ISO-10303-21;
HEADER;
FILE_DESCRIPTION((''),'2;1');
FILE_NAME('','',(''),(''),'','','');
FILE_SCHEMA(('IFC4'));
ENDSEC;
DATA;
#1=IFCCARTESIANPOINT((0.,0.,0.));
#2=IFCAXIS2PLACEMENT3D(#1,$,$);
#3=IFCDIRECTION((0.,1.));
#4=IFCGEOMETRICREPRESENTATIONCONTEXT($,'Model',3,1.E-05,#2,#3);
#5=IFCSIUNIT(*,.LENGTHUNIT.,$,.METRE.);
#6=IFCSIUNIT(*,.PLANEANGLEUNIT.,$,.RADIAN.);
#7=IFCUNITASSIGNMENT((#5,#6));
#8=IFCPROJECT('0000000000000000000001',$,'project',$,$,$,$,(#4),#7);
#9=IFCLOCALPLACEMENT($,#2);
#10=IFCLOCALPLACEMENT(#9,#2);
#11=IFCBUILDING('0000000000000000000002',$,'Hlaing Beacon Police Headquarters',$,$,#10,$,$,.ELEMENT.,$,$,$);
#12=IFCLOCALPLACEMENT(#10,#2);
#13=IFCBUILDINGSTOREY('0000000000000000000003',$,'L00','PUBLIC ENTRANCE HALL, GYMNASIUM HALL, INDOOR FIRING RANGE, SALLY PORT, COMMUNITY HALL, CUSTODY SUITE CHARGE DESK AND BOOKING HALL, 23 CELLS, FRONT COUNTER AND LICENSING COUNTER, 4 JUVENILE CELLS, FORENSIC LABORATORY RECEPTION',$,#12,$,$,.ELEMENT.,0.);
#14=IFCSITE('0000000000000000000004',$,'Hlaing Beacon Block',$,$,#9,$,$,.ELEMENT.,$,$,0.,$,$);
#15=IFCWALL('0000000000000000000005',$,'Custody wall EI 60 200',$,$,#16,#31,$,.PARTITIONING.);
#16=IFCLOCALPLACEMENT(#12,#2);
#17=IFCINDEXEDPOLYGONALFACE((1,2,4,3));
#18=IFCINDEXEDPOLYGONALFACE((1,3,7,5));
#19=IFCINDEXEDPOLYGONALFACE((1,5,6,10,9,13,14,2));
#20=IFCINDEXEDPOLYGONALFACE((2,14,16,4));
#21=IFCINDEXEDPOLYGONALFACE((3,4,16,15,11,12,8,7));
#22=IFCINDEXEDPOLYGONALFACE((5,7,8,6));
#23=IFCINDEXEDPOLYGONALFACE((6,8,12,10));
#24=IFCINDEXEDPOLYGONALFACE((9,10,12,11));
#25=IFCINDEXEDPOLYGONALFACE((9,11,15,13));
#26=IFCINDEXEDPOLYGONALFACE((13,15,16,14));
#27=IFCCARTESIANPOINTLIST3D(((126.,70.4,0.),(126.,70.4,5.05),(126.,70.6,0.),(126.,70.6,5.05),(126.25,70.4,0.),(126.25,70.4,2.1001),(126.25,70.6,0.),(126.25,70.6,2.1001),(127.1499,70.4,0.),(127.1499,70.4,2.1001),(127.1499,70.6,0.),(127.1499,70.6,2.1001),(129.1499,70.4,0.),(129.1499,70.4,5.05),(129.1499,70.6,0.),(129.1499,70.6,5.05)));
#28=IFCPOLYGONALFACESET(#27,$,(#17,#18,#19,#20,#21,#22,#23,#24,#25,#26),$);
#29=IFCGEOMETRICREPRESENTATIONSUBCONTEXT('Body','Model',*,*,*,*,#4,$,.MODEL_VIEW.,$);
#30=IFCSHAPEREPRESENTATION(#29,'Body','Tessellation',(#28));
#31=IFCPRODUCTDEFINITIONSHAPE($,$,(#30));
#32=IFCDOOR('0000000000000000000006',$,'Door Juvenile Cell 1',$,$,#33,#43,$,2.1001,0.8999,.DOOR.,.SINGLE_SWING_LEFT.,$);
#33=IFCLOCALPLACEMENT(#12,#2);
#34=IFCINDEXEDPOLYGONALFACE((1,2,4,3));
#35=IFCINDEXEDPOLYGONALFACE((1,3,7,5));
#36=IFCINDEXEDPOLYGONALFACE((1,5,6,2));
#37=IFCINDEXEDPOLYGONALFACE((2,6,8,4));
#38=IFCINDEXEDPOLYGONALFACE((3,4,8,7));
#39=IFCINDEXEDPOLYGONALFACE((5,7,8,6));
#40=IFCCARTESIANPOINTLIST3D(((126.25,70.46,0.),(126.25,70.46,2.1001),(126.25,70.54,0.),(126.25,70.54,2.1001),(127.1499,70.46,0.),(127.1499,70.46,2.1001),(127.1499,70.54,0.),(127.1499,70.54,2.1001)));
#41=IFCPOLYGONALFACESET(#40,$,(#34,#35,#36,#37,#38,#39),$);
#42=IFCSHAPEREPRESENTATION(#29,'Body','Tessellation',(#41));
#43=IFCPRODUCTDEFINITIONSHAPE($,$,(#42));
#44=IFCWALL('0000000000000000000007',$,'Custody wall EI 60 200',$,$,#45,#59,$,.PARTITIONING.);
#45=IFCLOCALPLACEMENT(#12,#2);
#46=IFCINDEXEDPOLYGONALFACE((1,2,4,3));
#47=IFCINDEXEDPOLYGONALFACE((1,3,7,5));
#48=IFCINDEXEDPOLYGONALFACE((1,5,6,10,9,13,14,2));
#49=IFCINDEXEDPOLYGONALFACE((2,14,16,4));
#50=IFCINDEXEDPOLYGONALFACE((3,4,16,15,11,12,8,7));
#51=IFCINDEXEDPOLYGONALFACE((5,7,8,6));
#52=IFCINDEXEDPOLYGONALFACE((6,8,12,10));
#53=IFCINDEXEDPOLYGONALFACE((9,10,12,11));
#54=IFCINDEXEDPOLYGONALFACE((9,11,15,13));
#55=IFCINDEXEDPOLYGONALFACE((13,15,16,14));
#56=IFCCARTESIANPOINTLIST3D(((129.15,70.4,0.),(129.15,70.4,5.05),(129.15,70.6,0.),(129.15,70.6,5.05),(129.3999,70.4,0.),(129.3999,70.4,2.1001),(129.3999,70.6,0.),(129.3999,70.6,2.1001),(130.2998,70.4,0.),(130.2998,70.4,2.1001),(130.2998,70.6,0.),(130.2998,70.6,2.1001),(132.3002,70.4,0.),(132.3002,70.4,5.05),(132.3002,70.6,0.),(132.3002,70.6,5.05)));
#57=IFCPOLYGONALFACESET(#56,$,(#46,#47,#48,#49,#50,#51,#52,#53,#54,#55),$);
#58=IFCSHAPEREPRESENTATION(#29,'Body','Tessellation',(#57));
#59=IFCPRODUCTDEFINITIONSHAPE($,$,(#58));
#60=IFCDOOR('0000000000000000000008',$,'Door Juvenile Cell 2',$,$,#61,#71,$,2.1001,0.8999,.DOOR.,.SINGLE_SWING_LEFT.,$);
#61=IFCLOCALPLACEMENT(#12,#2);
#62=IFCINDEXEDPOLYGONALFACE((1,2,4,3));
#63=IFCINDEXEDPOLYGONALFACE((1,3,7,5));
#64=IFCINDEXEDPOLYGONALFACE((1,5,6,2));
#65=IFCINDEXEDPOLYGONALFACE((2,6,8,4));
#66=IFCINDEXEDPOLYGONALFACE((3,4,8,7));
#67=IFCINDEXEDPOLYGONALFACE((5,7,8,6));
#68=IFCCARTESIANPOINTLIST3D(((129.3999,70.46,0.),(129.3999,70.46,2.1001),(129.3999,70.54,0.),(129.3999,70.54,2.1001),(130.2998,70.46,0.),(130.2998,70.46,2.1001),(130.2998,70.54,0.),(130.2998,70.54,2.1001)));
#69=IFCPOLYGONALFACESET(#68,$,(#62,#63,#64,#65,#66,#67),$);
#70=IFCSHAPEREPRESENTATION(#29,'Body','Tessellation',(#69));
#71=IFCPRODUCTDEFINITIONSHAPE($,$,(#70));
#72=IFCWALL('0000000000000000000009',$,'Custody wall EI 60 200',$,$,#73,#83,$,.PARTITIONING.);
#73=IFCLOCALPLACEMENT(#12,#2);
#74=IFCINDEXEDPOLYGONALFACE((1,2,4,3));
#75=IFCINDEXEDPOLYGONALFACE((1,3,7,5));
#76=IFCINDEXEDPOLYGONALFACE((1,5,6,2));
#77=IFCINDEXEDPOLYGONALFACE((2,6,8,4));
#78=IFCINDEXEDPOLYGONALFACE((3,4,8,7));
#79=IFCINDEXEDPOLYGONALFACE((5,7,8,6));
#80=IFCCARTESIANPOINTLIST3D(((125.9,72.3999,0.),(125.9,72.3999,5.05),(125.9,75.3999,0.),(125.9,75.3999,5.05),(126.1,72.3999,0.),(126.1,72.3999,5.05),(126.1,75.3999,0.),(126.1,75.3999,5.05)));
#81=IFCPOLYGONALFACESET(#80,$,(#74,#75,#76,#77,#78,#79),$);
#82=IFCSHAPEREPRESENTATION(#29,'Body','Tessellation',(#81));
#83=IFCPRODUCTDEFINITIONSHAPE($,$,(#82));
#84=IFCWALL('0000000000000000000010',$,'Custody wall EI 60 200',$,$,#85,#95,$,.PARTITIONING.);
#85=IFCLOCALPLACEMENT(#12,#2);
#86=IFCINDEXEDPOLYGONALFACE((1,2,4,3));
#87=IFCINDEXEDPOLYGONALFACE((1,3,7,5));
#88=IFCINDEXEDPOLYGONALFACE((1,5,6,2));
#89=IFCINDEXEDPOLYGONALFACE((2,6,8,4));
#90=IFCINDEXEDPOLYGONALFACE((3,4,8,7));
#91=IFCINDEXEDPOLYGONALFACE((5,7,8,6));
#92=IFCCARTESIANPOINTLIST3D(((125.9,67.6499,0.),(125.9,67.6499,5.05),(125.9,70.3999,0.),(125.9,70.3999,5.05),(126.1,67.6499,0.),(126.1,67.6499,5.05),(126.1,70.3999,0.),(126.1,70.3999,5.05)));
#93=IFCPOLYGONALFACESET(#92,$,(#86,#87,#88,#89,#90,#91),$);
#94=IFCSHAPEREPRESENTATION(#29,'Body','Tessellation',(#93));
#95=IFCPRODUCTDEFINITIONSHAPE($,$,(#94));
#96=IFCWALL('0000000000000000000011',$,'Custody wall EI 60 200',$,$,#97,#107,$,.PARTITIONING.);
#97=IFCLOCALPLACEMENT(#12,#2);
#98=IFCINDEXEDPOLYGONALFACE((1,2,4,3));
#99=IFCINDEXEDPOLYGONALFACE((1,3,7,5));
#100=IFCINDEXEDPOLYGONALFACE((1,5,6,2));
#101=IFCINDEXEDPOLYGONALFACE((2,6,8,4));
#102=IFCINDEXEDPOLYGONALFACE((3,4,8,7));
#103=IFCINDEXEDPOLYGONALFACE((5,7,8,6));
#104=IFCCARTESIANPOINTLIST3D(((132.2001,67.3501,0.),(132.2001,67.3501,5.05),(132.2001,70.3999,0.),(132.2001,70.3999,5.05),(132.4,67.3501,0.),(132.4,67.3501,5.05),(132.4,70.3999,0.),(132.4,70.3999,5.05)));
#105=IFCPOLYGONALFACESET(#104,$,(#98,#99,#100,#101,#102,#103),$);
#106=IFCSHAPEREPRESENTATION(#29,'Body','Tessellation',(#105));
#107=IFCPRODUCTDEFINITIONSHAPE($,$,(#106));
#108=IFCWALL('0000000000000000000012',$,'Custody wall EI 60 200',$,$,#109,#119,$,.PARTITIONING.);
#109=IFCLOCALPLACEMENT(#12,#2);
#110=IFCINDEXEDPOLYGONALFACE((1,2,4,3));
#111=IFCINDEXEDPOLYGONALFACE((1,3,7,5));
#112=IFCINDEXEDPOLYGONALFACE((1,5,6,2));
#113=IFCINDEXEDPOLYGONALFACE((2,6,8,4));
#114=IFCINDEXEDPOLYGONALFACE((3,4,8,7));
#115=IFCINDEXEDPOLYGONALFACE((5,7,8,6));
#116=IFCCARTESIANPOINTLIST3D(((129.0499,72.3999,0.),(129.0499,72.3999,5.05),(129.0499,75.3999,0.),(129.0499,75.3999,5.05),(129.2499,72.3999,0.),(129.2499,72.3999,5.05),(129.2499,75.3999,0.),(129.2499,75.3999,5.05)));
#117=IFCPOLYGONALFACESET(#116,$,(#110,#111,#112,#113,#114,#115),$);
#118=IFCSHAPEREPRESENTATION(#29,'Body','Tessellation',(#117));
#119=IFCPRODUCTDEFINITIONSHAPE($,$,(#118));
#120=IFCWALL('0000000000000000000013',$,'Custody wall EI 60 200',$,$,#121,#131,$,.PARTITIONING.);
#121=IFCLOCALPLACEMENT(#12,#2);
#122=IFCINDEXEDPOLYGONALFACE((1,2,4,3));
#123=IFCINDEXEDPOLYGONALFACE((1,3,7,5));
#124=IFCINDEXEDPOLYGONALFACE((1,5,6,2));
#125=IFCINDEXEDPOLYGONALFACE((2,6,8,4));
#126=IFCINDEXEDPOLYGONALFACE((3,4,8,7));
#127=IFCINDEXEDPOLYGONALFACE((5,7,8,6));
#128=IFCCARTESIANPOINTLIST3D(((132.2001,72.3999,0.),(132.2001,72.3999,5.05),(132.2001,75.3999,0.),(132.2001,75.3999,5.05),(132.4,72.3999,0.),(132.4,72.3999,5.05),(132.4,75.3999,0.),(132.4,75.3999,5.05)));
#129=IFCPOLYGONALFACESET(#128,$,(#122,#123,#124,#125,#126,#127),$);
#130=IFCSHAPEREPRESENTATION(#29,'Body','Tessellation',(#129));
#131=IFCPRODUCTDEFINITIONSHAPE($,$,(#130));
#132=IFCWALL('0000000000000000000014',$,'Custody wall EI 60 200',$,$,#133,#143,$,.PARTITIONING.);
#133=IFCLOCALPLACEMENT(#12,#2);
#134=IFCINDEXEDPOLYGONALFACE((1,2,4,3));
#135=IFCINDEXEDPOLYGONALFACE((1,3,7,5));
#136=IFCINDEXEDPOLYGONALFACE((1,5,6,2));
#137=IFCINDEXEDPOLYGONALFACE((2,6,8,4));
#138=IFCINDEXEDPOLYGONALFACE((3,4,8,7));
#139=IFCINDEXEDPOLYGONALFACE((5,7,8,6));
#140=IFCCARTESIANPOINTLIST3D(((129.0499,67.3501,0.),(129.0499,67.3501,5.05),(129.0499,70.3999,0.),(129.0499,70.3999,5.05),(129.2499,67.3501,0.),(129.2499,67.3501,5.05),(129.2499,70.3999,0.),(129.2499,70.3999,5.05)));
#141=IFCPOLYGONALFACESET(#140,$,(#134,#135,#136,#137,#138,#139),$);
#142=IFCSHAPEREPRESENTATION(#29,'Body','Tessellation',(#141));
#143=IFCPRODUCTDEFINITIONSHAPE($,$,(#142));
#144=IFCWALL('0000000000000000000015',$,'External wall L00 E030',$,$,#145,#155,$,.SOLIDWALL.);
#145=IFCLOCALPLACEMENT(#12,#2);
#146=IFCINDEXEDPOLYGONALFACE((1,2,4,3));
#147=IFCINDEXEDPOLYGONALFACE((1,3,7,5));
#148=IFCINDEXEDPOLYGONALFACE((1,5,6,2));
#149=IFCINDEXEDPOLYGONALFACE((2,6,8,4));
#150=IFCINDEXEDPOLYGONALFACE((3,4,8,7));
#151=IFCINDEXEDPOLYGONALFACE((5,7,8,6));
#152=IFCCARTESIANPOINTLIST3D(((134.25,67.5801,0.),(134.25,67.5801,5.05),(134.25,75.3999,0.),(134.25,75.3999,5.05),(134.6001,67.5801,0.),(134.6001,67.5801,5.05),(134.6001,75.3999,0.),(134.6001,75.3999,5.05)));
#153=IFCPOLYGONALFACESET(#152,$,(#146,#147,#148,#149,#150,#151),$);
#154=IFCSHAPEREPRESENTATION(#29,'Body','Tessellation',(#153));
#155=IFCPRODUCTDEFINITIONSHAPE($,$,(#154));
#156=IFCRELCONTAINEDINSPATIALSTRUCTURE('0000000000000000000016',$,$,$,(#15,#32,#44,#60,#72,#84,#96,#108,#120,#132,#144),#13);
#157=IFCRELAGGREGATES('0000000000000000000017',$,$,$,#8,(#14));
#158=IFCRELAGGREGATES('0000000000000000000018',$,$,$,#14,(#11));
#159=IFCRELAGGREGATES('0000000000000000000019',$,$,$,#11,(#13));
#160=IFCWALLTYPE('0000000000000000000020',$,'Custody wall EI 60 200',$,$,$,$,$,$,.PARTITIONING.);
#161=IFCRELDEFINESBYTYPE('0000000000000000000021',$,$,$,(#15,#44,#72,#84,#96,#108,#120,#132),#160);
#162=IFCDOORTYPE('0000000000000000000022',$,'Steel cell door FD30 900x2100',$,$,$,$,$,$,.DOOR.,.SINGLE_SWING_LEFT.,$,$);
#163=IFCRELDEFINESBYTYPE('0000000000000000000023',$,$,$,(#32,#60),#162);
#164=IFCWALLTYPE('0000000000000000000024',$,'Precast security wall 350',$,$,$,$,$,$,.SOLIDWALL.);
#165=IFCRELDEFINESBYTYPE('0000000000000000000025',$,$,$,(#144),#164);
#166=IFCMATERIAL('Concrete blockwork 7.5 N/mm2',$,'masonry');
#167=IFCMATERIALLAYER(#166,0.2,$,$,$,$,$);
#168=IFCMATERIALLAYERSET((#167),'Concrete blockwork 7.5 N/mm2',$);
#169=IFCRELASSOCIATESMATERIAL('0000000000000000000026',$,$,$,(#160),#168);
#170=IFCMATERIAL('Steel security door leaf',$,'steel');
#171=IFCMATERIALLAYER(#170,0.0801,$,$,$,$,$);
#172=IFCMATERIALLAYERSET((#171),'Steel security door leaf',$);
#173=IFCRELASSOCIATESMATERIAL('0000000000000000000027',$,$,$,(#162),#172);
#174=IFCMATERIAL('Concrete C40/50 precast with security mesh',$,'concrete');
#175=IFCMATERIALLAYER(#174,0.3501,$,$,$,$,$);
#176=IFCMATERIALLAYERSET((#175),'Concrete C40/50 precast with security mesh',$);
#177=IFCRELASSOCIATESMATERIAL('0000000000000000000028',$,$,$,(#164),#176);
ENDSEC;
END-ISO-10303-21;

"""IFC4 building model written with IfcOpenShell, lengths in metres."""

from ifc_helpers import new_model, si_unit, direction, frame, frame_2d, origin, place, context, subcontext, project, spatial, rectangle, extrude, material, layer, layer_set, type_object, element, fill, save


model = new_model("IFC4")

# Units and contexts
model_context = context("Model", 3, precision=1e-05, world=origin(), true_north=direction((0.0, 1.0)))
body_context = subcontext(model_context, "Body", "Model", "MODEL_VIEW")
ifc_project = project(units=[si_unit("LENGTHUNIT", "METRE"), si_unit("PLANEANGLEUNIT", "RADIAN")], contexts=[model_context])

# Site, building, storey
site_placement = place(None, origin())
site = spatial("IfcSite", under=ifc_project, at=site_placement, Name="Hlaing Beacon Block", CompositionType="ELEMENT", RefElevation=0.0)
building_placement = place(site_placement, origin())
building = spatial("IfcBuilding", under=site, at=building_placement, Name="Hlaing Beacon Police Headquarters", CompositionType="ELEMENT")
storey_placement = place(building_placement, origin())
storey = spatial("IfcBuildingStorey", under=building, at=storey_placement, Name="L00", Description="PUBLIC ENTRANCE HALL, GYMNASIUM HALL, INDOOR FIRING RANGE, SALLY PORT, COMMUNITY HALL, CUSTODY SUITE CHARGE DESK AND BOOKING HALL, 23 CELLS, FRONT COUNTER AND LICENSING COUNTER, 4 JUVENILE CELLS, FORENSIC LABORATORY RECEPTION", CompositionType="ELEMENT", Elevation=0.0)

# Walls, openings, doors
ifc_material_1 = material(Name="Concrete blockwork 7.5 N/mm2", Category="masonry")
ifc_layer_1 = layer(ifc_material_1, 0.2)
ifc_layer_set_1 = layer_set([ifc_layer_1], Name="Concrete blockwork 7.5 N/mm2")
wall_type_1 = type_object("IfcWallType", Name="Custody wall EI 60 200", PredefinedType="PARTITIONING", material=ifc_layer_set_1)
ifc_material_2 = material(Name="Steel security door leaf", Category="steel")
ifc_layer_2 = layer(ifc_material_2, 0.0801)
ifc_layer_set_2 = layer_set([ifc_layer_2], Name="Steel security door leaf")
door_type_1 = type_object("IfcDoorType", Name="Steel cell door FD30 900x2100", OperationType="SINGLE_SWING_LEFT", PredefinedType="DOOR", material=ifc_layer_set_2)
wall_1_placement = place(storey_placement, frame((126.0, 70.5, 0.0), z_axis=(0.0, 0.0, 1.0), x_axis=(1.0, 0.0, 0.0)))
wall_1 = element("IfcWall", 1, at=wall_1_placement, inside=storey, type_object=wall_type_1, Name="Custody wall EI 60 200", PredefinedType="PARTITIONING", context=body_context, shape_type="SweptSolid", body=[
    extrude(rectangle(XDim=3.1499, YDim=0.2, at=frame_2d((1.575, 0.0))), origin(), (0.0, 0.0, 1.0), 5.05),
])
opening_1_placement = place(wall_1_placement, frame((0.25, 0.0, 0.0)))
opening_1 = element("IfcOpeningElement", 2, at=opening_1_placement, cuts=wall_1, PredefinedType="OPENING", context=body_context, shape_type="SweptSolid", body=[
    extrude(rectangle(XDim=0.8999, YDim=2.1001, at=frame_2d((0.45, 1.05))), frame((0.0, 0.1099, 0.0), z_axis=(0.0, -1.0, 0.0), x_axis=(1.0, 0.0, 0.0)), (0.0, 0.0, 1.0), 0.22),
])
door_1_placement = place(opening_1_placement, frame((0.8999, 0.0, 0.0), z_axis=(0.0, 0.0, 1.0), x_axis=(-1.0, 0.0, 0.0)))
door_1 = element("IfcDoor", 3, at=door_1_placement, inside=storey, type_object=door_type_1, Name="Door Juvenile Cell 1", OperationType="SINGLE_SWING_LEFT", OverallHeight=2.1001, OverallWidth=0.8999, PredefinedType="DOOR", context=body_context, shape_type="SweptSolid", body=[
    extrude(rectangle(XDim=0.8999, YDim=2.1001, at=frame_2d((0.45, 1.05))), frame((0.0, 0.04, 0.0), z_axis=(0.0, -1.0, 0.0), x_axis=(1.0, 0.0, 0.0)), (0.0, 0.0, 1.0), 0.0801),
])
fill(opening_1, door_1)
wall_2_placement = place(storey_placement, frame((129.1499, 70.5, 0.0), z_axis=(0.0, 0.0, 1.0), x_axis=(1.0, 0.0, 0.0)))
wall_2 = element("IfcWall", 4, at=wall_2_placement, inside=storey, type_object=wall_type_1, Name="Custody wall EI 60 200", PredefinedType="PARTITIONING", context=body_context, shape_type="SweptSolid", body=[
    extrude(rectangle(XDim=3.1501, YDim=0.2, at=frame_2d((1.5752, 0.0))), origin(), (0.0, 0.0, 1.0), 5.05),
])
opening_2_placement = place(wall_2_placement, frame((0.25, 0.0, 0.0)))
opening_2 = element("IfcOpeningElement", 5, at=opening_2_placement, cuts=wall_2, PredefinedType="OPENING", context=body_context, shape_type="SweptSolid", body=[
    extrude(rectangle(XDim=0.8999, YDim=2.1001, at=frame_2d((0.45, 1.05))), frame((0.0, 0.1099, 0.0), z_axis=(0.0, -1.0, 0.0), x_axis=(1.0, 0.0, 0.0)), (0.0, 0.0, 1.0), 0.22),
])
door_2_placement = place(opening_2_placement, frame((0.8999, 0.0, 0.0), z_axis=(0.0, 0.0, 1.0), x_axis=(-1.0, 0.0, 0.0)))
door_2 = element("IfcDoor", 6, at=door_2_placement, inside=storey, type_object=door_type_1, Name="Door Juvenile Cell 2", OperationType="SINGLE_SWING_LEFT", OverallHeight=2.1001, OverallWidth=0.8999, PredefinedType="DOOR", context=body_context, shape_type="SweptSolid", body=[
    extrude(rectangle(XDim=0.8999, YDim=2.1001, at=frame_2d((0.45, 1.05))), frame((0.0, 0.04, 0.0), z_axis=(0.0, -1.0, 0.0), x_axis=(1.0, 0.0, 0.0)), (0.0, 0.0, 1.0), 0.0801),
])
fill(opening_2, door_2)

# Walls
wall_3_placement = place(storey_placement, frame((126.0, 72.3999, 0.0), z_axis=(0.0, 0.0, 1.0), x_axis=(0.0, 1.0, 0.0)))
element("IfcWall", 7, at=wall_3_placement, inside=storey, type_object=wall_type_1, Name="Custody wall EI 60 200", PredefinedType="PARTITIONING", context=body_context, shape_type="SweptSolid", body=[
    extrude(rectangle(XDim=3.0, YDim=0.2, at=frame_2d((1.5, 0.0))), origin(), (0.0, 0.0, 1.0), 5.05),
])
wall_4_placement = place(storey_placement, frame((126.0, 67.6499, 0.0), z_axis=(0.0, 0.0, 1.0), x_axis=(0.0, 1.0, 0.0)))
element("IfcWall", 8, at=wall_4_placement, inside=storey, type_object=wall_type_1, Name="Custody wall EI 60 200", PredefinedType="PARTITIONING", context=body_context, shape_type="SweptSolid", body=[
    extrude(rectangle(XDim=2.75, YDim=0.2, at=frame_2d((1.375, 0.0))), origin(), (0.0, 0.0, 1.0), 5.05),
])
wall_5_placement = place(storey_placement, frame((132.3, 67.3501, 0.0), z_axis=(0.0, 0.0, 1.0), x_axis=(0.0, 1.0, 0.0)))
element("IfcWall", 9, at=wall_5_placement, inside=storey, type_object=wall_type_1, Name="Custody wall EI 60 200", PredefinedType="PARTITIONING", context=body_context, shape_type="SweptSolid", body=[
    extrude(rectangle(XDim=3.0498, YDim=0.2, at=frame_2d((1.5249, 0.0))), origin(), (0.0, 0.0, 1.0), 5.05),
])
for number, where, z_axis, x_axis, name in (
    (10, (129.1499, 72.3999, 0.0), (0.0, 0.0, 1.0), (0.0, 1.0, 0.0), "Custody wall EI 60 200"),
    (11, (132.3, 72.3999, 0.0), (0.0, 0.0, 1.0), (0.0, 1.0, 0.0), "Custody wall EI 60 200"),
):
    element("IfcWall", number, at=place(storey_placement, frame(where, z_axis=z_axis, x_axis=x_axis)), inside=storey, type_object=wall_type_1, Name=name, PredefinedType="PARTITIONING", context=body_context, shape_type="SweptSolid", body=[
        extrude(rectangle(XDim=3.0, YDim=0.2, at=frame_2d((1.5, 0.0))), origin(), (0.0, 0.0, 1.0), 5.05),
    ])
wall_6_placement = place(storey_placement, frame((129.1499, 67.3501, 0.0), z_axis=(0.0, 0.0, 1.0), x_axis=(0.0, 1.0, 0.0)))
element("IfcWall", 12, at=wall_6_placement, inside=storey, type_object=wall_type_1, Name="Custody wall EI 60 200", PredefinedType="PARTITIONING", context=body_context, shape_type="SweptSolid", body=[
    extrude(rectangle(XDim=3.0498, YDim=0.2, at=frame_2d((1.5249, 0.0))), origin(), (0.0, 0.0, 1.0), 5.05),
])
ifc_material_3 = material(Name="Concrete C40/50 precast with security mesh", Category="concrete")
ifc_layer_3 = layer(ifc_material_3, 0.3501)
ifc_layer_set_3 = layer_set([ifc_layer_3], Name="Concrete C40/50 precast with security mesh")
wall_type_2 = type_object("IfcWallType", Name="Precast security wall 350", PredefinedType="SOLIDWALL", material=ifc_layer_set_3)
wall_7_placement = place(storey_placement, frame((134.425, 67.5801, 0.0), z_axis=(0.0, 0.0, 1.0), x_axis=(0.0, 1.0, 0.0)))
element("IfcWall", 13, at=wall_7_placement, inside=storey, type_object=wall_type_2, Name="External wall L00 E030", PredefinedType="SOLIDWALL", context=body_context, shape_type="SweptSolid", body=[
    extrude(rectangle(XDim=7.8198, YDim=0.3501, at=frame_2d((3.9099, 0.0))), origin(), (0.0, 0.0, 1.0), 5.05),
])

save(model, "model.ifc")
